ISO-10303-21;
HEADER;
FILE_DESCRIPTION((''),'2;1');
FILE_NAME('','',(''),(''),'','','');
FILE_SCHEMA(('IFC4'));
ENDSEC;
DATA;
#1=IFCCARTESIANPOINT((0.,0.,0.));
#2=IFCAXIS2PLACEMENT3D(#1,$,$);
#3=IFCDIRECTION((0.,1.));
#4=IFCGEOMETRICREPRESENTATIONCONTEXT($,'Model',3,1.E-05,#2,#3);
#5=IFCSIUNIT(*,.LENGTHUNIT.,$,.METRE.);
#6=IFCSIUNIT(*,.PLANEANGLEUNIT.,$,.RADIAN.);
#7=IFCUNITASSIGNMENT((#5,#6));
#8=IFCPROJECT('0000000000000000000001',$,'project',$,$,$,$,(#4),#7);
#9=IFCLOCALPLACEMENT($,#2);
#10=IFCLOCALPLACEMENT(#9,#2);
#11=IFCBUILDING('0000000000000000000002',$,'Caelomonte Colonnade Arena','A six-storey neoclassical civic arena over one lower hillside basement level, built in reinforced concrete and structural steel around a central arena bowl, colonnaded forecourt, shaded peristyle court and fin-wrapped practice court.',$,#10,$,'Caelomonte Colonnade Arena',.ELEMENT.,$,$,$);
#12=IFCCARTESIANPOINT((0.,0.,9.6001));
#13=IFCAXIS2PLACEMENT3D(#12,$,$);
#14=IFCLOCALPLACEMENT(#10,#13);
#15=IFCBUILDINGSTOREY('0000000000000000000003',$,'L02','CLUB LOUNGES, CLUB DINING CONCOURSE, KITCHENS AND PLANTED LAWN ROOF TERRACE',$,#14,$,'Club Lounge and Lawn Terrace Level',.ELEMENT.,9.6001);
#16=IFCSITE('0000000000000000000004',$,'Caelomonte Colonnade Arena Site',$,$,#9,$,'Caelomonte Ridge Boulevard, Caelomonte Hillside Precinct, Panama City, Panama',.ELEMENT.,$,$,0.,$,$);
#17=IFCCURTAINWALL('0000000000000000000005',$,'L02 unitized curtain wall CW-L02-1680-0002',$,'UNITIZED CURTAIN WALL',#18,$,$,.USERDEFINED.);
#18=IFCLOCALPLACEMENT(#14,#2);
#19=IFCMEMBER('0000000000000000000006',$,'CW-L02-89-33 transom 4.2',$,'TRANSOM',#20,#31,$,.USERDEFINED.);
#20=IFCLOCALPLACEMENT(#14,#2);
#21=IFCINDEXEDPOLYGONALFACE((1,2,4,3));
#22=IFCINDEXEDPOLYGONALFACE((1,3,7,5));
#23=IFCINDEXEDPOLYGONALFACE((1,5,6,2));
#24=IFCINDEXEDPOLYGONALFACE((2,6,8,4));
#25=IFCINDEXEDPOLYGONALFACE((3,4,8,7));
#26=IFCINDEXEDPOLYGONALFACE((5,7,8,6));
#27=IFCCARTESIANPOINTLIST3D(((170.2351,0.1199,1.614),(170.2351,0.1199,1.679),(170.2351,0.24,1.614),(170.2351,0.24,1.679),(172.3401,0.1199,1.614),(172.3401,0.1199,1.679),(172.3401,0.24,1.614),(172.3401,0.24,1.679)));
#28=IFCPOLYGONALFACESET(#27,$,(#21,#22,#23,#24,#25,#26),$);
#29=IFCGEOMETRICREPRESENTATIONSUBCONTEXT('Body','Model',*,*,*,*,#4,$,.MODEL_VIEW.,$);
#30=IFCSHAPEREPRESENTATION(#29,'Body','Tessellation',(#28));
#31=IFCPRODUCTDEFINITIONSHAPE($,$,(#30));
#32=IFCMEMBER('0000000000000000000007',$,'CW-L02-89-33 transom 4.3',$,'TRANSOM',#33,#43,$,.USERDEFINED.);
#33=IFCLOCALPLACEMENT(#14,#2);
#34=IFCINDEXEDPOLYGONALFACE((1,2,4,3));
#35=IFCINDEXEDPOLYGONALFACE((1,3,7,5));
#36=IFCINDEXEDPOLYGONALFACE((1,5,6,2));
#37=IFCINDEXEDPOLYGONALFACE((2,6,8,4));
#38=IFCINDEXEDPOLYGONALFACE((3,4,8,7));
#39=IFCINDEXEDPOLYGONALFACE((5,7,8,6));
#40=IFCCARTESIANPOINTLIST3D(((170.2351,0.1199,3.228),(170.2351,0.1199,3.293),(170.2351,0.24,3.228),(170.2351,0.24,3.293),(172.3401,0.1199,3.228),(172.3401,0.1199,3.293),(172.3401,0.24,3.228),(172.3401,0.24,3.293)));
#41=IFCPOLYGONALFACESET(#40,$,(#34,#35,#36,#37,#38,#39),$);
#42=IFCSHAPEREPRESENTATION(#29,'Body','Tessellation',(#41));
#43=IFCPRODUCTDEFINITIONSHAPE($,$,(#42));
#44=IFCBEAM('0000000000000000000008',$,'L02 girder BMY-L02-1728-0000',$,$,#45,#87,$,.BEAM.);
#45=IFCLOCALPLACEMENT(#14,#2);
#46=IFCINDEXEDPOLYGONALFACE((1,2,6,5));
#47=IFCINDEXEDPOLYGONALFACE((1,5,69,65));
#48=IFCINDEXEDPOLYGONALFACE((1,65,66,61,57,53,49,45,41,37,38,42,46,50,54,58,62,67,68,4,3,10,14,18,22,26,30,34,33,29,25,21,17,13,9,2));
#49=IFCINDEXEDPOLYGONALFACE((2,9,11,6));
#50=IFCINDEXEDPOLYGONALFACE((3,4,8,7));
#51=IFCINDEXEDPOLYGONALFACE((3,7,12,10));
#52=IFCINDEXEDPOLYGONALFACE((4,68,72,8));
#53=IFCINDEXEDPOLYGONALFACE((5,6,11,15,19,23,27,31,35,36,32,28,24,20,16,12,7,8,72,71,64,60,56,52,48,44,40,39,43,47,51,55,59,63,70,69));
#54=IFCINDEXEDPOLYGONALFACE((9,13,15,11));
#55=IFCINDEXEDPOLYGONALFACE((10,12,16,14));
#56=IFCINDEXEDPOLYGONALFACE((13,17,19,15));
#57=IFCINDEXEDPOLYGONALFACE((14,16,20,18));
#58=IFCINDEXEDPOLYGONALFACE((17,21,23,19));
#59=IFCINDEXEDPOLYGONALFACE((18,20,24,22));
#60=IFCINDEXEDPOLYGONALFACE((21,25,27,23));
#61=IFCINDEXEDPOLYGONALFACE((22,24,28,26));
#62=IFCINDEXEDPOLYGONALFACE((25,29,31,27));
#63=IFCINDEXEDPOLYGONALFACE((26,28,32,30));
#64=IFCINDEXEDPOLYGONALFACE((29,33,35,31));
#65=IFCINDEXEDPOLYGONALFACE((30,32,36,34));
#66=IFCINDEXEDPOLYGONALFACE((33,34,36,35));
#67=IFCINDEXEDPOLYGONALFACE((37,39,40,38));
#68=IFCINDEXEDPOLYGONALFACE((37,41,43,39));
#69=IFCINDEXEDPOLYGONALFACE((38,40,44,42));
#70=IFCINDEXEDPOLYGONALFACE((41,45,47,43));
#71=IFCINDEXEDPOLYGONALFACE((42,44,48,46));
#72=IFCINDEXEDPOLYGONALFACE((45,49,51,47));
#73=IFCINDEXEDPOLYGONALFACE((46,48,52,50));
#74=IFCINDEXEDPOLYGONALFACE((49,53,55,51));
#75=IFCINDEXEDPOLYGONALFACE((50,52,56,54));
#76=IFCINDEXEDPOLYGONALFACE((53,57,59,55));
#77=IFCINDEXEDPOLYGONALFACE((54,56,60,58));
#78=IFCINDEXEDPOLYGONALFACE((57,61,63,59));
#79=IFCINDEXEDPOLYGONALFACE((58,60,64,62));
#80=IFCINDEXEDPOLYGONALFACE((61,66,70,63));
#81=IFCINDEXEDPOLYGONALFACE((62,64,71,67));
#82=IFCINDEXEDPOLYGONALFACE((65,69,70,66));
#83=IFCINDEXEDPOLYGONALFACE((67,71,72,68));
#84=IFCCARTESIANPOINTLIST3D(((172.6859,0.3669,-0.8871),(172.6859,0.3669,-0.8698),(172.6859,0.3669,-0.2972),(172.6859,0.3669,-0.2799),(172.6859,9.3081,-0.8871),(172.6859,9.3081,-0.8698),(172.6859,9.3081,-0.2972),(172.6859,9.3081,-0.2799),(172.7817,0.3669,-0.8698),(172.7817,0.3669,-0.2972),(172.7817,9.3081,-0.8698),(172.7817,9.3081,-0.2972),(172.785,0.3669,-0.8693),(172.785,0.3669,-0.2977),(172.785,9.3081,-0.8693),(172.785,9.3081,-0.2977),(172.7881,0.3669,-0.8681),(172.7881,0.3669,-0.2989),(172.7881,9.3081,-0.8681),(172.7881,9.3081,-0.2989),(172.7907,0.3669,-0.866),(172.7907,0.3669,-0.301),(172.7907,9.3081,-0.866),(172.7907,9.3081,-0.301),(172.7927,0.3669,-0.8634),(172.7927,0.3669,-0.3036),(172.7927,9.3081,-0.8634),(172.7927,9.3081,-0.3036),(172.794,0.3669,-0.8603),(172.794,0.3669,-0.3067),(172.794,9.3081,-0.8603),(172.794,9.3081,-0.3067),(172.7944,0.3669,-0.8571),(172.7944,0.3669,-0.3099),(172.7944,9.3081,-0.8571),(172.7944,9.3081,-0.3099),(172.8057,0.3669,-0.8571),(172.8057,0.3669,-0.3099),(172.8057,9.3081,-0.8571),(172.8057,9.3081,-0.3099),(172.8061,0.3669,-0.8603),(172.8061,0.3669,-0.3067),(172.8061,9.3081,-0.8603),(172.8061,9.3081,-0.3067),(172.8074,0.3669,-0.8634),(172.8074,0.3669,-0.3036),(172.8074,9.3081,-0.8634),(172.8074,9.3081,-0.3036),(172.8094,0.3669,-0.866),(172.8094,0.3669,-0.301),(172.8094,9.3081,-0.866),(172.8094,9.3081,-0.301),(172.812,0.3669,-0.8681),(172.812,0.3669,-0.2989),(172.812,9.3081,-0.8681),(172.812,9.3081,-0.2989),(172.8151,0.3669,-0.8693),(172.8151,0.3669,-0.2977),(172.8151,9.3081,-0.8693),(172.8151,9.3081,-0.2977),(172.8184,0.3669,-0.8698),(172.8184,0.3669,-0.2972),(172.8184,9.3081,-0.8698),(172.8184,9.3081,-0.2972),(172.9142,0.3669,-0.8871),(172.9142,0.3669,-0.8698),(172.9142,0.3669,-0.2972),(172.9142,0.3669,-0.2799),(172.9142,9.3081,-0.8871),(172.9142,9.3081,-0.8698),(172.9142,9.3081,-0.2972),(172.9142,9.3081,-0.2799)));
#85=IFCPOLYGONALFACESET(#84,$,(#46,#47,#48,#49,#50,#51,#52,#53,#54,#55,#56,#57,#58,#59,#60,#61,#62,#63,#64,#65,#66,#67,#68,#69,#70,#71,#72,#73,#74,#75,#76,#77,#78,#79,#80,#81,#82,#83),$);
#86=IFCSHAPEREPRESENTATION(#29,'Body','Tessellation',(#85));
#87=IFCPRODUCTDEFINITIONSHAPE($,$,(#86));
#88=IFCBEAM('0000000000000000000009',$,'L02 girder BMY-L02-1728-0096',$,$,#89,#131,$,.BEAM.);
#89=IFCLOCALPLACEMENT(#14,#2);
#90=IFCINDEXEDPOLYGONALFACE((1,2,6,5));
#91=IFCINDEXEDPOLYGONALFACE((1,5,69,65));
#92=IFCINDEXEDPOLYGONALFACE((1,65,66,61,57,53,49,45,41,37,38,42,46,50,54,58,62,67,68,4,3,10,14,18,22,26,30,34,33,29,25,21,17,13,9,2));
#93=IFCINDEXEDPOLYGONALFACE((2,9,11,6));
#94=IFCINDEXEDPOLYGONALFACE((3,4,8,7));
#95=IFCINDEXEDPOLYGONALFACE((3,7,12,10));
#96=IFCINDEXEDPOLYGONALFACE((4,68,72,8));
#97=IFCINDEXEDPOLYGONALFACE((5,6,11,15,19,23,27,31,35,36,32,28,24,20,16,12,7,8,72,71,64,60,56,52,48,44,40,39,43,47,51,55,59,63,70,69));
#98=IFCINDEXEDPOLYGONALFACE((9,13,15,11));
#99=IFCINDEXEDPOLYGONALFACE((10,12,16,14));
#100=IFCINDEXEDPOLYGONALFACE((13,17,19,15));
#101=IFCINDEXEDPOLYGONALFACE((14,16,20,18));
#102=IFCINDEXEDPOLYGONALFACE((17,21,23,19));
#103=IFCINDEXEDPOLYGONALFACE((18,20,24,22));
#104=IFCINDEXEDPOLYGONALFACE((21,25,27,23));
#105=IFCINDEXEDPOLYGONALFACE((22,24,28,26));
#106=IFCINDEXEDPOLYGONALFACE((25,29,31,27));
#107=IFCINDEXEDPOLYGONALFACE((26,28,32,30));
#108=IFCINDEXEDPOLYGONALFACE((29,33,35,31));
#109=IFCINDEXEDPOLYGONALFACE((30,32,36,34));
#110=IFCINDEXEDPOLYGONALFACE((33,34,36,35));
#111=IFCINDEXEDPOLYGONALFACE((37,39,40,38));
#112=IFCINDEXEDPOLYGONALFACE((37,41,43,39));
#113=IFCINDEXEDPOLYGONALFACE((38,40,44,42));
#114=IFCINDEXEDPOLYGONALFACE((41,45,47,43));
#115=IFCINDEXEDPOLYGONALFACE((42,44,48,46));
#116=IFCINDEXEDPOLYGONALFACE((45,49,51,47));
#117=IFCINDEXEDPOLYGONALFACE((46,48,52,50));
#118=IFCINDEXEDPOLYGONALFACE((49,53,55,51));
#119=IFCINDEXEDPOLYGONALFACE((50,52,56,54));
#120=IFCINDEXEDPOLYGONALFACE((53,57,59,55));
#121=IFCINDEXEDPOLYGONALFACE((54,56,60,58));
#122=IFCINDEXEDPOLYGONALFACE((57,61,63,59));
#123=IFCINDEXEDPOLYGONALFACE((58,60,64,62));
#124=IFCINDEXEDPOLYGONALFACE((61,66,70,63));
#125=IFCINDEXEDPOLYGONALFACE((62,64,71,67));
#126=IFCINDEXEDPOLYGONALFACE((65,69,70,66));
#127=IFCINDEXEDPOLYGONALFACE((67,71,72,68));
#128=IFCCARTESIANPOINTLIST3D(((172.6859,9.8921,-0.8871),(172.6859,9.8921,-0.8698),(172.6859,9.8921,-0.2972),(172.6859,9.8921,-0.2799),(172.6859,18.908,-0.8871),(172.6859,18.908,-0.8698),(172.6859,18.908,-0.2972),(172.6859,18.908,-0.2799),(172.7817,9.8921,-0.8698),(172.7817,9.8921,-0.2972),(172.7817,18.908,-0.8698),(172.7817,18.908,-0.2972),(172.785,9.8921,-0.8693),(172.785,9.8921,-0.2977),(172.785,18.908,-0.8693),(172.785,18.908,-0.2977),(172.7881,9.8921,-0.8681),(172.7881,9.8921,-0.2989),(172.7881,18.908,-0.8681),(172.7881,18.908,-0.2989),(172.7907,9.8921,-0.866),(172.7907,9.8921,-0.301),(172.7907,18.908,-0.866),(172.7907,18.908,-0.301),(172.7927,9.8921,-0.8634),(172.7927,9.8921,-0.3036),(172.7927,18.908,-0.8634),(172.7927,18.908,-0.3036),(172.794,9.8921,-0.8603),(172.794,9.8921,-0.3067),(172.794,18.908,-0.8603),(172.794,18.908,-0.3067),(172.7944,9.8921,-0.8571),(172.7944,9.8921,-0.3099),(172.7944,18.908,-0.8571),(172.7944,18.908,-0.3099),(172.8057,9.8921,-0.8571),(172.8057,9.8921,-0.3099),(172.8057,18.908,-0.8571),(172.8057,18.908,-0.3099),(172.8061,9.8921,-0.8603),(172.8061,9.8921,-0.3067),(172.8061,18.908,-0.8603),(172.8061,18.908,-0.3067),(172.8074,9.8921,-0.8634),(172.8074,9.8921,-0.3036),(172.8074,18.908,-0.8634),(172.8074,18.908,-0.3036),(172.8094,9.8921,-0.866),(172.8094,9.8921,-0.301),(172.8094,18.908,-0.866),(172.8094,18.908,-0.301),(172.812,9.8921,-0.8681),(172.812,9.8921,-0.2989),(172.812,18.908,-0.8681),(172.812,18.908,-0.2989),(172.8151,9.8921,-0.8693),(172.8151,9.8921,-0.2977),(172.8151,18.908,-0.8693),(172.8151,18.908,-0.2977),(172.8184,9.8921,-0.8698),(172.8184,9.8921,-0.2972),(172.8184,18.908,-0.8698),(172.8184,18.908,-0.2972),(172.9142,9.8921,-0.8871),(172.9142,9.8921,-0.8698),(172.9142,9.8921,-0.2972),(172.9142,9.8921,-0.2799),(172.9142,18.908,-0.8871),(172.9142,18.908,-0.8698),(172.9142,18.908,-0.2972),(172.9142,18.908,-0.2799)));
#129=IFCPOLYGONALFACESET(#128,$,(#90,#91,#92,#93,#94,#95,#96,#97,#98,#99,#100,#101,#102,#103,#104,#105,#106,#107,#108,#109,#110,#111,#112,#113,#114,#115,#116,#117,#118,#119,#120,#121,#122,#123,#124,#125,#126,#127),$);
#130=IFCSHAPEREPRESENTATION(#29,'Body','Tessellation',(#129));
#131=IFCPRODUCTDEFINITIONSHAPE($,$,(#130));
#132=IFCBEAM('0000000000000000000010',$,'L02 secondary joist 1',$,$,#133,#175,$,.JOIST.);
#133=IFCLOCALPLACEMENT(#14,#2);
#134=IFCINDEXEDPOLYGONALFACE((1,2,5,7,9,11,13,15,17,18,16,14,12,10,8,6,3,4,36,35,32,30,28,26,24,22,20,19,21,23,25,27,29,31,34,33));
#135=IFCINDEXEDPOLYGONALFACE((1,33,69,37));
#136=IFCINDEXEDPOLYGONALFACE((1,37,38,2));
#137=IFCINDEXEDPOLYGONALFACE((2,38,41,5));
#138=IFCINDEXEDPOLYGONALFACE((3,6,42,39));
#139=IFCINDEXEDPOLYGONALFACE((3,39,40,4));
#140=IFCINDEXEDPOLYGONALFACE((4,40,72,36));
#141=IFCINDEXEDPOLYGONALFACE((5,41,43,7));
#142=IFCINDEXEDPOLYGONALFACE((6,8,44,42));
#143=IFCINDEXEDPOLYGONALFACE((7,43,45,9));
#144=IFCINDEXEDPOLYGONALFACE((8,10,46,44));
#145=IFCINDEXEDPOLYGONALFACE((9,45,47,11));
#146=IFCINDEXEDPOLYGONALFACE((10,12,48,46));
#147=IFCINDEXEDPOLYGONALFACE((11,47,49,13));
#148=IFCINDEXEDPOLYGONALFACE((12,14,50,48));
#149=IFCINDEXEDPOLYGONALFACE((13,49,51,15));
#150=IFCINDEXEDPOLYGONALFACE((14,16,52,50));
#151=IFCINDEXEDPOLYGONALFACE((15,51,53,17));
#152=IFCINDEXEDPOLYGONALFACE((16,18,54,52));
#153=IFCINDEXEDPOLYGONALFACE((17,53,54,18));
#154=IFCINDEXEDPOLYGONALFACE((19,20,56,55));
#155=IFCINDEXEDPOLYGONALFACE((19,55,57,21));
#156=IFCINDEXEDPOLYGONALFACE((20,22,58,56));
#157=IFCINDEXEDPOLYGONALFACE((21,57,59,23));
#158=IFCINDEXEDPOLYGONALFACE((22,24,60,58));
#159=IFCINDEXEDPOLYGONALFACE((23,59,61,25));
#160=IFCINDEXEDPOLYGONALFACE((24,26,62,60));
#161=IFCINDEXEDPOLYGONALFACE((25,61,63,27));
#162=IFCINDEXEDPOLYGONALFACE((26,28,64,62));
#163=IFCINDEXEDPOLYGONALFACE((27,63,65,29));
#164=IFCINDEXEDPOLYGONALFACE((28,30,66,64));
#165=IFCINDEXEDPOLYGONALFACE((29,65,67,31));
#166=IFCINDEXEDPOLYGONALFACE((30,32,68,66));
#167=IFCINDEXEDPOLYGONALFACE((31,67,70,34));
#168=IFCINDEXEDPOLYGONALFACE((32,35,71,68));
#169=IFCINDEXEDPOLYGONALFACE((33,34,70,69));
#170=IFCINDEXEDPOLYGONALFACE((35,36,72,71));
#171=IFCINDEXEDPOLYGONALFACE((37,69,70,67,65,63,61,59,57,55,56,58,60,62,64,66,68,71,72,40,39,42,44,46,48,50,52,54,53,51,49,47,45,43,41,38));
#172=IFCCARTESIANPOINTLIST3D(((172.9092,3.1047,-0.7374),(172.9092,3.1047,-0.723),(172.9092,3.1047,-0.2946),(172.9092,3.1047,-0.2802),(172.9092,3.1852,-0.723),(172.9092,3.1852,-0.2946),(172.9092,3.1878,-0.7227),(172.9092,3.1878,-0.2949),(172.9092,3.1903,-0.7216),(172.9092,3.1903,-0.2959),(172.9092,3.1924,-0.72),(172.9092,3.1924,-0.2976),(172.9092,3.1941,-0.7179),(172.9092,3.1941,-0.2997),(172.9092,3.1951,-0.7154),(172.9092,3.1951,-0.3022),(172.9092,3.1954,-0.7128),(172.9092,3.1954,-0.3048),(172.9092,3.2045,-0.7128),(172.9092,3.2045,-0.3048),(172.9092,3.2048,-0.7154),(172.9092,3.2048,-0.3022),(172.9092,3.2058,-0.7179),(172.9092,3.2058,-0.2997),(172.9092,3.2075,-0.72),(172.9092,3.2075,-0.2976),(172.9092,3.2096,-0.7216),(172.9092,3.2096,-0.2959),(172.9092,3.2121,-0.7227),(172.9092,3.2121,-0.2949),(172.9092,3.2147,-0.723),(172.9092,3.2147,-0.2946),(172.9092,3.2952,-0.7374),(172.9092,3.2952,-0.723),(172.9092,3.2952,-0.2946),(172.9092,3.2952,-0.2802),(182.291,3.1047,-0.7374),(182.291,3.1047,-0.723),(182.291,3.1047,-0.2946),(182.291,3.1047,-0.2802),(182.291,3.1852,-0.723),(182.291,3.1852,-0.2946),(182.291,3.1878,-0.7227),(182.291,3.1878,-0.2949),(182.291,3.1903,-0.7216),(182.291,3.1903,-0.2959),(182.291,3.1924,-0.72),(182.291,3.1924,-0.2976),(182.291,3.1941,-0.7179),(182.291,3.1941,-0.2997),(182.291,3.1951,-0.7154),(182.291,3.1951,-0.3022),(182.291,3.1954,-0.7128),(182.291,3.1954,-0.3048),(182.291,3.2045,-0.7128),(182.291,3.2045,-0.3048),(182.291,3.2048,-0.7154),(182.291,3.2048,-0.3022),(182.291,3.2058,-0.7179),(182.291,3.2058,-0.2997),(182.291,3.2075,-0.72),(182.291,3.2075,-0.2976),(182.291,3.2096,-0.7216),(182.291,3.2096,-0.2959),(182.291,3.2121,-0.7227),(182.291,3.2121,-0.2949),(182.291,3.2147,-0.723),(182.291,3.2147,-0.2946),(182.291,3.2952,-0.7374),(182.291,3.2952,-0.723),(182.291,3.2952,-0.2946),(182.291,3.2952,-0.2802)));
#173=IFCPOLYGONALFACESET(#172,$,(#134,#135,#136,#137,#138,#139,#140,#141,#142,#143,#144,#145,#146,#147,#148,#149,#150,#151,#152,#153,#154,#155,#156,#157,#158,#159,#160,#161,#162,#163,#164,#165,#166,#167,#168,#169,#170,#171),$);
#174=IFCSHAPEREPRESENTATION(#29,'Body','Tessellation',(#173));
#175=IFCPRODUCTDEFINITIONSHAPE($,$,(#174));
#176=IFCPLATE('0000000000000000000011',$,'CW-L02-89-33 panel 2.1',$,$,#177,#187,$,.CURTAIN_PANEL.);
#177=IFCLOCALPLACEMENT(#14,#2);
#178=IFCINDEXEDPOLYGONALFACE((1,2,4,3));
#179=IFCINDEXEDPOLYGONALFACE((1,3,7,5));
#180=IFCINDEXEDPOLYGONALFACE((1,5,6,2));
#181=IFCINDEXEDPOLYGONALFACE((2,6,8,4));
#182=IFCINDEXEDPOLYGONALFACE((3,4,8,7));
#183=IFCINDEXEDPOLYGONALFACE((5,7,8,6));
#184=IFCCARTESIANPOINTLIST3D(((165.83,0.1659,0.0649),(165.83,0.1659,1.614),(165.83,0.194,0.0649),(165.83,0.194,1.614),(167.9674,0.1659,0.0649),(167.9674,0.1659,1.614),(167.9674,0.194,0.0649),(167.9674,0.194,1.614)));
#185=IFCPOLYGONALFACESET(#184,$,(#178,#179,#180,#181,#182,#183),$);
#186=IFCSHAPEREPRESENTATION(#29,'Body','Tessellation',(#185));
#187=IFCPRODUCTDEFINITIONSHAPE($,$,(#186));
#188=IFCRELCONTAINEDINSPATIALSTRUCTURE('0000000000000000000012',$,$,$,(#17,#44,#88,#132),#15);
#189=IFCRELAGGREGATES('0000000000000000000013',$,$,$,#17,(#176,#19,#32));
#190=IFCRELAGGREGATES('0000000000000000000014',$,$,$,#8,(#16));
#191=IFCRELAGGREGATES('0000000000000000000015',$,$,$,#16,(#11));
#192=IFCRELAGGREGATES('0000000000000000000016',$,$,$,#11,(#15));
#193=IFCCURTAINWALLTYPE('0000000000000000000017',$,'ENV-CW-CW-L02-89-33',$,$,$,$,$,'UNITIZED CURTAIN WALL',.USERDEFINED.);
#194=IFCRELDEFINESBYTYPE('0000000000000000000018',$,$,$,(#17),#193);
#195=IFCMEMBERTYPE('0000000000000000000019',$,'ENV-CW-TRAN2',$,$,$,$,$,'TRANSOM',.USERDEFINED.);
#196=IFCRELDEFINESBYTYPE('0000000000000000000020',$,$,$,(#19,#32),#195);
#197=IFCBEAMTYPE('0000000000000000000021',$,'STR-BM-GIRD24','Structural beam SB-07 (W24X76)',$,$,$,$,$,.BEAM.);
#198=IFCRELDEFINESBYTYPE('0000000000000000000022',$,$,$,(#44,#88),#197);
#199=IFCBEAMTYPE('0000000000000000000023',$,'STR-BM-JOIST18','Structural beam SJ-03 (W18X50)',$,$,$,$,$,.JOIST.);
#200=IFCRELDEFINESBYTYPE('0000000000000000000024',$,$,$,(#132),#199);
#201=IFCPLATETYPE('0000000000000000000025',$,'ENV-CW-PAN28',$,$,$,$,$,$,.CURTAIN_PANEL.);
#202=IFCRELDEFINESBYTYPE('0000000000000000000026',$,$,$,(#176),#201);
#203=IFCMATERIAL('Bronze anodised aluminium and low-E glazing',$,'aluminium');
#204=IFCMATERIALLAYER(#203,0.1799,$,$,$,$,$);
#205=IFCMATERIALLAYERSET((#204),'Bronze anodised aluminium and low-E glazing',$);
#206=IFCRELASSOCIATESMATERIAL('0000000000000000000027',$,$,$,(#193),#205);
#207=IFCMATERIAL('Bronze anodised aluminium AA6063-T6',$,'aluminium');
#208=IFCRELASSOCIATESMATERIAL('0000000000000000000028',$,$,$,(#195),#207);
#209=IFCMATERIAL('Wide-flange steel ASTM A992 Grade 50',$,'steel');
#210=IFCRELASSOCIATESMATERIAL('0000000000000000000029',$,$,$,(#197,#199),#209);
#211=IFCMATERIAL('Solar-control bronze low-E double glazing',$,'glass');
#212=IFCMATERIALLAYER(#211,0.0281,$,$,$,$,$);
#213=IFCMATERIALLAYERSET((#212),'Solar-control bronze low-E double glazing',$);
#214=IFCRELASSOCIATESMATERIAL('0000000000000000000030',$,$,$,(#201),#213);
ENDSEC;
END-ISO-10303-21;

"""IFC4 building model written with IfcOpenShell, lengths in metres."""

from ifc_helpers import new_model, si_unit, direction, frame, origin, origin_2d, place, context, subcontext, project, spatial, rectangle, i_section, extrude, material, layer, layer_set, material_profile, profile_set, type_object, element, aggregate, save


model = new_model("IFC4")

# Units and contexts
model_context = context("Model", 3, precision=1e-05, world=origin(), true_north=direction((0.0, 1.0)))
body_context = subcontext(model_context, "Body", "Model", "MODEL_VIEW")
ifc_project = project(units=[si_unit("LENGTHUNIT", "METRE"), si_unit("PLANEANGLEUNIT", "RADIAN")], contexts=[model_context])

# Site, building, storey
site_placement = place(None, origin())
site = spatial("IfcSite", under=ifc_project, at=site_placement, Name="Caelomonte Colonnade Arena Site", LongName="Caelomonte Ridge Boulevard, Caelomonte Hillside Precinct, Panama City, Panama", CompositionType="ELEMENT", RefElevation=0.0)
building_placement = place(site_placement, origin())
building = spatial("IfcBuilding", under=site, at=building_placement, Name="Caelomonte Colonnade Arena", Description="A six-storey neoclassical civic arena over one lower hillside basement level, built in reinforced concrete and structural steel around a central arena bowl, colonnaded forecourt, shaded peristyle court and fin-wrapped practice court.", LongName="Caelomonte Colonnade Arena", CompositionType="ELEMENT")
storey_placement = place(building_placement, frame((0.0, 0.0, 9.6001)))
storey = spatial("IfcBuildingStorey", under=building, at=storey_placement, Name="L02", Description="CLUB LOUNGES, CLUB DINING CONCOURSE, KITCHENS AND PLANTED LAWN ROOF TERRACE", LongName="Club Lounge and Lawn Terrace Level", CompositionType="ELEMENT", Elevation=9.6001)

# Curtain wall, members
ifc_material_1 = material(Name="Bronze anodised aluminium and low-E glazing", Category="aluminium")
ifc_layer_1 = layer(ifc_material_1, 0.1799)
ifc_layer_set_1 = layer_set([ifc_layer_1], Name="Bronze anodised aluminium and low-E glazing")
curtain_wall_type = type_object("IfcCurtainWallType", Name="ENV-CW-CW-L02-89-33", ElementType="UNITIZED CURTAIN WALL", PredefinedType="USERDEFINED", material=ifc_layer_set_1)
curtain_wall_placement = place(storey_placement, origin())
curtain_wall = element("IfcCurtainWall", 1, at=curtain_wall_placement, inside=storey, type_object=curtain_wall_type, Name="L02 unitized curtain wall CW-L02-1680-0002", ObjectType="UNITIZED CURTAIN WALL", PredefinedType="USERDEFINED")
ifc_material_2 = material(Name="Bronze anodised aluminium AA6063-T6", Category="aluminium")
ifc_material_profile_1 = material_profile(ifc_material_2, rectangle(XDim=0.0649, YDim=0.1201, at=origin_2d()), Name="CWT-65X120")
ifc_profile_set_1 = profile_set([ifc_material_profile_1], Name="Bronze anodised aluminium AA6063-T6")
member_type_1 = type_object("IfcMemberType", Name="ENV-CW-TRAN2", ElementType="TRANSOM", PredefinedType="USERDEFINED", material=ifc_profile_set_1)
member_1_placement = place(storey_placement, frame((170.2351, 0.1799, 1.6465), z_axis=(1.0, 0.0, 0.0), x_axis=(0.0, 0.0, 1.0)))
member_1 = element("IfcMember", 2, at=member_1_placement, type_object=member_type_1, Name="CW-L02-89-33 transom 4.2", ObjectType="TRANSOM", PredefinedType="USERDEFINED", context=body_context, shape_type="SweptSolid", body=[
    extrude(rectangle(XDim=0.0649, YDim=0.1201, at=origin_2d()), origin(), (0.0, 0.0, 1.0), 2.105),
])
member_2_placement = place(storey_placement, frame((170.2351, 0.1799, 3.2605), z_axis=(1.0, 0.0, 0.0), x_axis=(0.0, 0.0, 1.0)))
member_2 = element("IfcMember", 3, at=member_2_placement, type_object=member_type_1, Name="CW-L02-89-33 transom 4.3", ObjectType="TRANSOM", PredefinedType="USERDEFINED", context=body_context, shape_type="SweptSolid", body=[
    extrude(rectangle(XDim=0.0649, YDim=0.1201, at=origin_2d()), origin(), (0.0, 0.0, 1.0), 2.105),
])

# Beams
ifc_material_3 = material(Name="Wide-flange steel ASTM A992 Grade 50", Category="steel")
ifc_material_profile_2 = material_profile(ifc_material_3, i_section(OverallWidth=0.2283, OverallDepth=0.6072, WebThickness=0.0112, FlangeThickness=0.0173, FilletRadius=0.0127, at=origin_2d()), Name="W24X76")
ifc_profile_set_2 = profile_set([ifc_material_profile_2], Name="Wide-flange steel ASTM A992 Grade 50")
beam_type_1 = type_object("IfcBeamType", Name="STR-BM-GIRD24", Description="Structural beam SB-07 (W24X76)", PredefinedType="BEAM", material=ifc_profile_set_2)
beam_1_placement = place(storey_placement, frame((172.8, 0.3669, -0.5835), z_axis=(0.0, 1.0, 0.0), x_axis=(-1.0, 0.0, 0.0)))
element("IfcBeam", 4, at=beam_1_placement, inside=storey, type_object=beam_type_1, Name="L02 girder BMY-L02-1728-0000", PredefinedType="BEAM", context=body_context, shape_type="SweptSolid", body=[
    extrude(i_section(OverallWidth=0.2283, OverallDepth=0.6072, WebThickness=0.0112, FlangeThickness=0.0173, FilletRadius=0.0127, at=origin_2d()), origin(), (0.0, 0.0, 1.0), 8.9412),
])
beam_2_placement = place(storey_placement, frame((172.8, 9.8921, -0.5835), z_axis=(0.0, 1.0, 0.0), x_axis=(-1.0, 0.0, 0.0)))
element("IfcBeam", 5, at=beam_2_placement, inside=storey, type_object=beam_type_1, Name="L02 girder BMY-L02-1728-0096", PredefinedType="BEAM", context=body_context, shape_type="SweptSolid", body=[
    extrude(i_section(OverallWidth=0.2283, OverallDepth=0.6072, WebThickness=0.0112, FlangeThickness=0.0173, FilletRadius=0.0127, at=origin_2d()), origin(), (0.0, 0.0, 1.0), 9.0159),
])
ifc_material_profile_3 = material_profile(ifc_material_3, i_section(OverallWidth=0.1904, OverallDepth=0.4573, WebThickness=0.009, FlangeThickness=0.0144, FilletRadius=0.0103, at=origin_2d()), Name="W18X50")
ifc_profile_set_3 = profile_set([ifc_material_profile_3], Name="Wide-flange steel ASTM A992 Grade 50")
beam_type_2 = type_object("IfcBeamType", Name="STR-BM-JOIST18", Description="Structural beam SJ-03 (W18X50)", PredefinedType="JOIST", material=ifc_profile_set_3)
beam_3_placement = place(storey_placement, frame((172.9092, 3.2, -0.5088), z_axis=(1.0, 0.0, 0.0), x_axis=(0.0, 1.0, 0.0)))
element("IfcBeam", 6, at=beam_3_placement, inside=storey, type_object=beam_type_2, Name="L02 secondary joist 1", PredefinedType="JOIST", context=body_context, shape_type="SweptSolid", body=[
    extrude(i_section(OverallWidth=0.1904, OverallDepth=0.4573, WebThickness=0.009, FlangeThickness=0.0144, FilletRadius=0.0103, at=origin_2d()), origin(), (0.0, 0.0, 1.0), 9.3818),
])

# Plate
ifc_material_4 = material(Name="Solar-control bronze low-E double glazing", Category="glass")
ifc_layer_2 = layer(ifc_material_4, 0.0281)
ifc_layer_set_2 = layer_set([ifc_layer_2], Name="Solar-control bronze low-E double glazing")
plate_type = type_object("IfcPlateType", Name="ENV-CW-PAN28", PredefinedType="CURTAIN_PANEL", material=ifc_layer_set_2)
plate_1_placement = place(storey_placement, frame((166.8987, 0.1799, 0.0649), z_axis=(0.0, 0.0, 1.0), x_axis=(1.0, 0.0, 0.0)))
plate_1 = element("IfcPlate", 7, at=plate_1_placement, type_object=plate_type, Name="CW-L02-89-33 panel 2.1", PredefinedType="CURTAIN_PANEL", context=body_context, shape_type="SweptSolid", body=[
    extrude(rectangle(XDim=2.1375, YDim=0.0281, at=origin_2d()), origin(), (0.0, 0.0, 1.0), 1.5491),
])
aggregate(curtain_wall, [plate_1, member_1, member_2])

save(model, "model.ifc")
